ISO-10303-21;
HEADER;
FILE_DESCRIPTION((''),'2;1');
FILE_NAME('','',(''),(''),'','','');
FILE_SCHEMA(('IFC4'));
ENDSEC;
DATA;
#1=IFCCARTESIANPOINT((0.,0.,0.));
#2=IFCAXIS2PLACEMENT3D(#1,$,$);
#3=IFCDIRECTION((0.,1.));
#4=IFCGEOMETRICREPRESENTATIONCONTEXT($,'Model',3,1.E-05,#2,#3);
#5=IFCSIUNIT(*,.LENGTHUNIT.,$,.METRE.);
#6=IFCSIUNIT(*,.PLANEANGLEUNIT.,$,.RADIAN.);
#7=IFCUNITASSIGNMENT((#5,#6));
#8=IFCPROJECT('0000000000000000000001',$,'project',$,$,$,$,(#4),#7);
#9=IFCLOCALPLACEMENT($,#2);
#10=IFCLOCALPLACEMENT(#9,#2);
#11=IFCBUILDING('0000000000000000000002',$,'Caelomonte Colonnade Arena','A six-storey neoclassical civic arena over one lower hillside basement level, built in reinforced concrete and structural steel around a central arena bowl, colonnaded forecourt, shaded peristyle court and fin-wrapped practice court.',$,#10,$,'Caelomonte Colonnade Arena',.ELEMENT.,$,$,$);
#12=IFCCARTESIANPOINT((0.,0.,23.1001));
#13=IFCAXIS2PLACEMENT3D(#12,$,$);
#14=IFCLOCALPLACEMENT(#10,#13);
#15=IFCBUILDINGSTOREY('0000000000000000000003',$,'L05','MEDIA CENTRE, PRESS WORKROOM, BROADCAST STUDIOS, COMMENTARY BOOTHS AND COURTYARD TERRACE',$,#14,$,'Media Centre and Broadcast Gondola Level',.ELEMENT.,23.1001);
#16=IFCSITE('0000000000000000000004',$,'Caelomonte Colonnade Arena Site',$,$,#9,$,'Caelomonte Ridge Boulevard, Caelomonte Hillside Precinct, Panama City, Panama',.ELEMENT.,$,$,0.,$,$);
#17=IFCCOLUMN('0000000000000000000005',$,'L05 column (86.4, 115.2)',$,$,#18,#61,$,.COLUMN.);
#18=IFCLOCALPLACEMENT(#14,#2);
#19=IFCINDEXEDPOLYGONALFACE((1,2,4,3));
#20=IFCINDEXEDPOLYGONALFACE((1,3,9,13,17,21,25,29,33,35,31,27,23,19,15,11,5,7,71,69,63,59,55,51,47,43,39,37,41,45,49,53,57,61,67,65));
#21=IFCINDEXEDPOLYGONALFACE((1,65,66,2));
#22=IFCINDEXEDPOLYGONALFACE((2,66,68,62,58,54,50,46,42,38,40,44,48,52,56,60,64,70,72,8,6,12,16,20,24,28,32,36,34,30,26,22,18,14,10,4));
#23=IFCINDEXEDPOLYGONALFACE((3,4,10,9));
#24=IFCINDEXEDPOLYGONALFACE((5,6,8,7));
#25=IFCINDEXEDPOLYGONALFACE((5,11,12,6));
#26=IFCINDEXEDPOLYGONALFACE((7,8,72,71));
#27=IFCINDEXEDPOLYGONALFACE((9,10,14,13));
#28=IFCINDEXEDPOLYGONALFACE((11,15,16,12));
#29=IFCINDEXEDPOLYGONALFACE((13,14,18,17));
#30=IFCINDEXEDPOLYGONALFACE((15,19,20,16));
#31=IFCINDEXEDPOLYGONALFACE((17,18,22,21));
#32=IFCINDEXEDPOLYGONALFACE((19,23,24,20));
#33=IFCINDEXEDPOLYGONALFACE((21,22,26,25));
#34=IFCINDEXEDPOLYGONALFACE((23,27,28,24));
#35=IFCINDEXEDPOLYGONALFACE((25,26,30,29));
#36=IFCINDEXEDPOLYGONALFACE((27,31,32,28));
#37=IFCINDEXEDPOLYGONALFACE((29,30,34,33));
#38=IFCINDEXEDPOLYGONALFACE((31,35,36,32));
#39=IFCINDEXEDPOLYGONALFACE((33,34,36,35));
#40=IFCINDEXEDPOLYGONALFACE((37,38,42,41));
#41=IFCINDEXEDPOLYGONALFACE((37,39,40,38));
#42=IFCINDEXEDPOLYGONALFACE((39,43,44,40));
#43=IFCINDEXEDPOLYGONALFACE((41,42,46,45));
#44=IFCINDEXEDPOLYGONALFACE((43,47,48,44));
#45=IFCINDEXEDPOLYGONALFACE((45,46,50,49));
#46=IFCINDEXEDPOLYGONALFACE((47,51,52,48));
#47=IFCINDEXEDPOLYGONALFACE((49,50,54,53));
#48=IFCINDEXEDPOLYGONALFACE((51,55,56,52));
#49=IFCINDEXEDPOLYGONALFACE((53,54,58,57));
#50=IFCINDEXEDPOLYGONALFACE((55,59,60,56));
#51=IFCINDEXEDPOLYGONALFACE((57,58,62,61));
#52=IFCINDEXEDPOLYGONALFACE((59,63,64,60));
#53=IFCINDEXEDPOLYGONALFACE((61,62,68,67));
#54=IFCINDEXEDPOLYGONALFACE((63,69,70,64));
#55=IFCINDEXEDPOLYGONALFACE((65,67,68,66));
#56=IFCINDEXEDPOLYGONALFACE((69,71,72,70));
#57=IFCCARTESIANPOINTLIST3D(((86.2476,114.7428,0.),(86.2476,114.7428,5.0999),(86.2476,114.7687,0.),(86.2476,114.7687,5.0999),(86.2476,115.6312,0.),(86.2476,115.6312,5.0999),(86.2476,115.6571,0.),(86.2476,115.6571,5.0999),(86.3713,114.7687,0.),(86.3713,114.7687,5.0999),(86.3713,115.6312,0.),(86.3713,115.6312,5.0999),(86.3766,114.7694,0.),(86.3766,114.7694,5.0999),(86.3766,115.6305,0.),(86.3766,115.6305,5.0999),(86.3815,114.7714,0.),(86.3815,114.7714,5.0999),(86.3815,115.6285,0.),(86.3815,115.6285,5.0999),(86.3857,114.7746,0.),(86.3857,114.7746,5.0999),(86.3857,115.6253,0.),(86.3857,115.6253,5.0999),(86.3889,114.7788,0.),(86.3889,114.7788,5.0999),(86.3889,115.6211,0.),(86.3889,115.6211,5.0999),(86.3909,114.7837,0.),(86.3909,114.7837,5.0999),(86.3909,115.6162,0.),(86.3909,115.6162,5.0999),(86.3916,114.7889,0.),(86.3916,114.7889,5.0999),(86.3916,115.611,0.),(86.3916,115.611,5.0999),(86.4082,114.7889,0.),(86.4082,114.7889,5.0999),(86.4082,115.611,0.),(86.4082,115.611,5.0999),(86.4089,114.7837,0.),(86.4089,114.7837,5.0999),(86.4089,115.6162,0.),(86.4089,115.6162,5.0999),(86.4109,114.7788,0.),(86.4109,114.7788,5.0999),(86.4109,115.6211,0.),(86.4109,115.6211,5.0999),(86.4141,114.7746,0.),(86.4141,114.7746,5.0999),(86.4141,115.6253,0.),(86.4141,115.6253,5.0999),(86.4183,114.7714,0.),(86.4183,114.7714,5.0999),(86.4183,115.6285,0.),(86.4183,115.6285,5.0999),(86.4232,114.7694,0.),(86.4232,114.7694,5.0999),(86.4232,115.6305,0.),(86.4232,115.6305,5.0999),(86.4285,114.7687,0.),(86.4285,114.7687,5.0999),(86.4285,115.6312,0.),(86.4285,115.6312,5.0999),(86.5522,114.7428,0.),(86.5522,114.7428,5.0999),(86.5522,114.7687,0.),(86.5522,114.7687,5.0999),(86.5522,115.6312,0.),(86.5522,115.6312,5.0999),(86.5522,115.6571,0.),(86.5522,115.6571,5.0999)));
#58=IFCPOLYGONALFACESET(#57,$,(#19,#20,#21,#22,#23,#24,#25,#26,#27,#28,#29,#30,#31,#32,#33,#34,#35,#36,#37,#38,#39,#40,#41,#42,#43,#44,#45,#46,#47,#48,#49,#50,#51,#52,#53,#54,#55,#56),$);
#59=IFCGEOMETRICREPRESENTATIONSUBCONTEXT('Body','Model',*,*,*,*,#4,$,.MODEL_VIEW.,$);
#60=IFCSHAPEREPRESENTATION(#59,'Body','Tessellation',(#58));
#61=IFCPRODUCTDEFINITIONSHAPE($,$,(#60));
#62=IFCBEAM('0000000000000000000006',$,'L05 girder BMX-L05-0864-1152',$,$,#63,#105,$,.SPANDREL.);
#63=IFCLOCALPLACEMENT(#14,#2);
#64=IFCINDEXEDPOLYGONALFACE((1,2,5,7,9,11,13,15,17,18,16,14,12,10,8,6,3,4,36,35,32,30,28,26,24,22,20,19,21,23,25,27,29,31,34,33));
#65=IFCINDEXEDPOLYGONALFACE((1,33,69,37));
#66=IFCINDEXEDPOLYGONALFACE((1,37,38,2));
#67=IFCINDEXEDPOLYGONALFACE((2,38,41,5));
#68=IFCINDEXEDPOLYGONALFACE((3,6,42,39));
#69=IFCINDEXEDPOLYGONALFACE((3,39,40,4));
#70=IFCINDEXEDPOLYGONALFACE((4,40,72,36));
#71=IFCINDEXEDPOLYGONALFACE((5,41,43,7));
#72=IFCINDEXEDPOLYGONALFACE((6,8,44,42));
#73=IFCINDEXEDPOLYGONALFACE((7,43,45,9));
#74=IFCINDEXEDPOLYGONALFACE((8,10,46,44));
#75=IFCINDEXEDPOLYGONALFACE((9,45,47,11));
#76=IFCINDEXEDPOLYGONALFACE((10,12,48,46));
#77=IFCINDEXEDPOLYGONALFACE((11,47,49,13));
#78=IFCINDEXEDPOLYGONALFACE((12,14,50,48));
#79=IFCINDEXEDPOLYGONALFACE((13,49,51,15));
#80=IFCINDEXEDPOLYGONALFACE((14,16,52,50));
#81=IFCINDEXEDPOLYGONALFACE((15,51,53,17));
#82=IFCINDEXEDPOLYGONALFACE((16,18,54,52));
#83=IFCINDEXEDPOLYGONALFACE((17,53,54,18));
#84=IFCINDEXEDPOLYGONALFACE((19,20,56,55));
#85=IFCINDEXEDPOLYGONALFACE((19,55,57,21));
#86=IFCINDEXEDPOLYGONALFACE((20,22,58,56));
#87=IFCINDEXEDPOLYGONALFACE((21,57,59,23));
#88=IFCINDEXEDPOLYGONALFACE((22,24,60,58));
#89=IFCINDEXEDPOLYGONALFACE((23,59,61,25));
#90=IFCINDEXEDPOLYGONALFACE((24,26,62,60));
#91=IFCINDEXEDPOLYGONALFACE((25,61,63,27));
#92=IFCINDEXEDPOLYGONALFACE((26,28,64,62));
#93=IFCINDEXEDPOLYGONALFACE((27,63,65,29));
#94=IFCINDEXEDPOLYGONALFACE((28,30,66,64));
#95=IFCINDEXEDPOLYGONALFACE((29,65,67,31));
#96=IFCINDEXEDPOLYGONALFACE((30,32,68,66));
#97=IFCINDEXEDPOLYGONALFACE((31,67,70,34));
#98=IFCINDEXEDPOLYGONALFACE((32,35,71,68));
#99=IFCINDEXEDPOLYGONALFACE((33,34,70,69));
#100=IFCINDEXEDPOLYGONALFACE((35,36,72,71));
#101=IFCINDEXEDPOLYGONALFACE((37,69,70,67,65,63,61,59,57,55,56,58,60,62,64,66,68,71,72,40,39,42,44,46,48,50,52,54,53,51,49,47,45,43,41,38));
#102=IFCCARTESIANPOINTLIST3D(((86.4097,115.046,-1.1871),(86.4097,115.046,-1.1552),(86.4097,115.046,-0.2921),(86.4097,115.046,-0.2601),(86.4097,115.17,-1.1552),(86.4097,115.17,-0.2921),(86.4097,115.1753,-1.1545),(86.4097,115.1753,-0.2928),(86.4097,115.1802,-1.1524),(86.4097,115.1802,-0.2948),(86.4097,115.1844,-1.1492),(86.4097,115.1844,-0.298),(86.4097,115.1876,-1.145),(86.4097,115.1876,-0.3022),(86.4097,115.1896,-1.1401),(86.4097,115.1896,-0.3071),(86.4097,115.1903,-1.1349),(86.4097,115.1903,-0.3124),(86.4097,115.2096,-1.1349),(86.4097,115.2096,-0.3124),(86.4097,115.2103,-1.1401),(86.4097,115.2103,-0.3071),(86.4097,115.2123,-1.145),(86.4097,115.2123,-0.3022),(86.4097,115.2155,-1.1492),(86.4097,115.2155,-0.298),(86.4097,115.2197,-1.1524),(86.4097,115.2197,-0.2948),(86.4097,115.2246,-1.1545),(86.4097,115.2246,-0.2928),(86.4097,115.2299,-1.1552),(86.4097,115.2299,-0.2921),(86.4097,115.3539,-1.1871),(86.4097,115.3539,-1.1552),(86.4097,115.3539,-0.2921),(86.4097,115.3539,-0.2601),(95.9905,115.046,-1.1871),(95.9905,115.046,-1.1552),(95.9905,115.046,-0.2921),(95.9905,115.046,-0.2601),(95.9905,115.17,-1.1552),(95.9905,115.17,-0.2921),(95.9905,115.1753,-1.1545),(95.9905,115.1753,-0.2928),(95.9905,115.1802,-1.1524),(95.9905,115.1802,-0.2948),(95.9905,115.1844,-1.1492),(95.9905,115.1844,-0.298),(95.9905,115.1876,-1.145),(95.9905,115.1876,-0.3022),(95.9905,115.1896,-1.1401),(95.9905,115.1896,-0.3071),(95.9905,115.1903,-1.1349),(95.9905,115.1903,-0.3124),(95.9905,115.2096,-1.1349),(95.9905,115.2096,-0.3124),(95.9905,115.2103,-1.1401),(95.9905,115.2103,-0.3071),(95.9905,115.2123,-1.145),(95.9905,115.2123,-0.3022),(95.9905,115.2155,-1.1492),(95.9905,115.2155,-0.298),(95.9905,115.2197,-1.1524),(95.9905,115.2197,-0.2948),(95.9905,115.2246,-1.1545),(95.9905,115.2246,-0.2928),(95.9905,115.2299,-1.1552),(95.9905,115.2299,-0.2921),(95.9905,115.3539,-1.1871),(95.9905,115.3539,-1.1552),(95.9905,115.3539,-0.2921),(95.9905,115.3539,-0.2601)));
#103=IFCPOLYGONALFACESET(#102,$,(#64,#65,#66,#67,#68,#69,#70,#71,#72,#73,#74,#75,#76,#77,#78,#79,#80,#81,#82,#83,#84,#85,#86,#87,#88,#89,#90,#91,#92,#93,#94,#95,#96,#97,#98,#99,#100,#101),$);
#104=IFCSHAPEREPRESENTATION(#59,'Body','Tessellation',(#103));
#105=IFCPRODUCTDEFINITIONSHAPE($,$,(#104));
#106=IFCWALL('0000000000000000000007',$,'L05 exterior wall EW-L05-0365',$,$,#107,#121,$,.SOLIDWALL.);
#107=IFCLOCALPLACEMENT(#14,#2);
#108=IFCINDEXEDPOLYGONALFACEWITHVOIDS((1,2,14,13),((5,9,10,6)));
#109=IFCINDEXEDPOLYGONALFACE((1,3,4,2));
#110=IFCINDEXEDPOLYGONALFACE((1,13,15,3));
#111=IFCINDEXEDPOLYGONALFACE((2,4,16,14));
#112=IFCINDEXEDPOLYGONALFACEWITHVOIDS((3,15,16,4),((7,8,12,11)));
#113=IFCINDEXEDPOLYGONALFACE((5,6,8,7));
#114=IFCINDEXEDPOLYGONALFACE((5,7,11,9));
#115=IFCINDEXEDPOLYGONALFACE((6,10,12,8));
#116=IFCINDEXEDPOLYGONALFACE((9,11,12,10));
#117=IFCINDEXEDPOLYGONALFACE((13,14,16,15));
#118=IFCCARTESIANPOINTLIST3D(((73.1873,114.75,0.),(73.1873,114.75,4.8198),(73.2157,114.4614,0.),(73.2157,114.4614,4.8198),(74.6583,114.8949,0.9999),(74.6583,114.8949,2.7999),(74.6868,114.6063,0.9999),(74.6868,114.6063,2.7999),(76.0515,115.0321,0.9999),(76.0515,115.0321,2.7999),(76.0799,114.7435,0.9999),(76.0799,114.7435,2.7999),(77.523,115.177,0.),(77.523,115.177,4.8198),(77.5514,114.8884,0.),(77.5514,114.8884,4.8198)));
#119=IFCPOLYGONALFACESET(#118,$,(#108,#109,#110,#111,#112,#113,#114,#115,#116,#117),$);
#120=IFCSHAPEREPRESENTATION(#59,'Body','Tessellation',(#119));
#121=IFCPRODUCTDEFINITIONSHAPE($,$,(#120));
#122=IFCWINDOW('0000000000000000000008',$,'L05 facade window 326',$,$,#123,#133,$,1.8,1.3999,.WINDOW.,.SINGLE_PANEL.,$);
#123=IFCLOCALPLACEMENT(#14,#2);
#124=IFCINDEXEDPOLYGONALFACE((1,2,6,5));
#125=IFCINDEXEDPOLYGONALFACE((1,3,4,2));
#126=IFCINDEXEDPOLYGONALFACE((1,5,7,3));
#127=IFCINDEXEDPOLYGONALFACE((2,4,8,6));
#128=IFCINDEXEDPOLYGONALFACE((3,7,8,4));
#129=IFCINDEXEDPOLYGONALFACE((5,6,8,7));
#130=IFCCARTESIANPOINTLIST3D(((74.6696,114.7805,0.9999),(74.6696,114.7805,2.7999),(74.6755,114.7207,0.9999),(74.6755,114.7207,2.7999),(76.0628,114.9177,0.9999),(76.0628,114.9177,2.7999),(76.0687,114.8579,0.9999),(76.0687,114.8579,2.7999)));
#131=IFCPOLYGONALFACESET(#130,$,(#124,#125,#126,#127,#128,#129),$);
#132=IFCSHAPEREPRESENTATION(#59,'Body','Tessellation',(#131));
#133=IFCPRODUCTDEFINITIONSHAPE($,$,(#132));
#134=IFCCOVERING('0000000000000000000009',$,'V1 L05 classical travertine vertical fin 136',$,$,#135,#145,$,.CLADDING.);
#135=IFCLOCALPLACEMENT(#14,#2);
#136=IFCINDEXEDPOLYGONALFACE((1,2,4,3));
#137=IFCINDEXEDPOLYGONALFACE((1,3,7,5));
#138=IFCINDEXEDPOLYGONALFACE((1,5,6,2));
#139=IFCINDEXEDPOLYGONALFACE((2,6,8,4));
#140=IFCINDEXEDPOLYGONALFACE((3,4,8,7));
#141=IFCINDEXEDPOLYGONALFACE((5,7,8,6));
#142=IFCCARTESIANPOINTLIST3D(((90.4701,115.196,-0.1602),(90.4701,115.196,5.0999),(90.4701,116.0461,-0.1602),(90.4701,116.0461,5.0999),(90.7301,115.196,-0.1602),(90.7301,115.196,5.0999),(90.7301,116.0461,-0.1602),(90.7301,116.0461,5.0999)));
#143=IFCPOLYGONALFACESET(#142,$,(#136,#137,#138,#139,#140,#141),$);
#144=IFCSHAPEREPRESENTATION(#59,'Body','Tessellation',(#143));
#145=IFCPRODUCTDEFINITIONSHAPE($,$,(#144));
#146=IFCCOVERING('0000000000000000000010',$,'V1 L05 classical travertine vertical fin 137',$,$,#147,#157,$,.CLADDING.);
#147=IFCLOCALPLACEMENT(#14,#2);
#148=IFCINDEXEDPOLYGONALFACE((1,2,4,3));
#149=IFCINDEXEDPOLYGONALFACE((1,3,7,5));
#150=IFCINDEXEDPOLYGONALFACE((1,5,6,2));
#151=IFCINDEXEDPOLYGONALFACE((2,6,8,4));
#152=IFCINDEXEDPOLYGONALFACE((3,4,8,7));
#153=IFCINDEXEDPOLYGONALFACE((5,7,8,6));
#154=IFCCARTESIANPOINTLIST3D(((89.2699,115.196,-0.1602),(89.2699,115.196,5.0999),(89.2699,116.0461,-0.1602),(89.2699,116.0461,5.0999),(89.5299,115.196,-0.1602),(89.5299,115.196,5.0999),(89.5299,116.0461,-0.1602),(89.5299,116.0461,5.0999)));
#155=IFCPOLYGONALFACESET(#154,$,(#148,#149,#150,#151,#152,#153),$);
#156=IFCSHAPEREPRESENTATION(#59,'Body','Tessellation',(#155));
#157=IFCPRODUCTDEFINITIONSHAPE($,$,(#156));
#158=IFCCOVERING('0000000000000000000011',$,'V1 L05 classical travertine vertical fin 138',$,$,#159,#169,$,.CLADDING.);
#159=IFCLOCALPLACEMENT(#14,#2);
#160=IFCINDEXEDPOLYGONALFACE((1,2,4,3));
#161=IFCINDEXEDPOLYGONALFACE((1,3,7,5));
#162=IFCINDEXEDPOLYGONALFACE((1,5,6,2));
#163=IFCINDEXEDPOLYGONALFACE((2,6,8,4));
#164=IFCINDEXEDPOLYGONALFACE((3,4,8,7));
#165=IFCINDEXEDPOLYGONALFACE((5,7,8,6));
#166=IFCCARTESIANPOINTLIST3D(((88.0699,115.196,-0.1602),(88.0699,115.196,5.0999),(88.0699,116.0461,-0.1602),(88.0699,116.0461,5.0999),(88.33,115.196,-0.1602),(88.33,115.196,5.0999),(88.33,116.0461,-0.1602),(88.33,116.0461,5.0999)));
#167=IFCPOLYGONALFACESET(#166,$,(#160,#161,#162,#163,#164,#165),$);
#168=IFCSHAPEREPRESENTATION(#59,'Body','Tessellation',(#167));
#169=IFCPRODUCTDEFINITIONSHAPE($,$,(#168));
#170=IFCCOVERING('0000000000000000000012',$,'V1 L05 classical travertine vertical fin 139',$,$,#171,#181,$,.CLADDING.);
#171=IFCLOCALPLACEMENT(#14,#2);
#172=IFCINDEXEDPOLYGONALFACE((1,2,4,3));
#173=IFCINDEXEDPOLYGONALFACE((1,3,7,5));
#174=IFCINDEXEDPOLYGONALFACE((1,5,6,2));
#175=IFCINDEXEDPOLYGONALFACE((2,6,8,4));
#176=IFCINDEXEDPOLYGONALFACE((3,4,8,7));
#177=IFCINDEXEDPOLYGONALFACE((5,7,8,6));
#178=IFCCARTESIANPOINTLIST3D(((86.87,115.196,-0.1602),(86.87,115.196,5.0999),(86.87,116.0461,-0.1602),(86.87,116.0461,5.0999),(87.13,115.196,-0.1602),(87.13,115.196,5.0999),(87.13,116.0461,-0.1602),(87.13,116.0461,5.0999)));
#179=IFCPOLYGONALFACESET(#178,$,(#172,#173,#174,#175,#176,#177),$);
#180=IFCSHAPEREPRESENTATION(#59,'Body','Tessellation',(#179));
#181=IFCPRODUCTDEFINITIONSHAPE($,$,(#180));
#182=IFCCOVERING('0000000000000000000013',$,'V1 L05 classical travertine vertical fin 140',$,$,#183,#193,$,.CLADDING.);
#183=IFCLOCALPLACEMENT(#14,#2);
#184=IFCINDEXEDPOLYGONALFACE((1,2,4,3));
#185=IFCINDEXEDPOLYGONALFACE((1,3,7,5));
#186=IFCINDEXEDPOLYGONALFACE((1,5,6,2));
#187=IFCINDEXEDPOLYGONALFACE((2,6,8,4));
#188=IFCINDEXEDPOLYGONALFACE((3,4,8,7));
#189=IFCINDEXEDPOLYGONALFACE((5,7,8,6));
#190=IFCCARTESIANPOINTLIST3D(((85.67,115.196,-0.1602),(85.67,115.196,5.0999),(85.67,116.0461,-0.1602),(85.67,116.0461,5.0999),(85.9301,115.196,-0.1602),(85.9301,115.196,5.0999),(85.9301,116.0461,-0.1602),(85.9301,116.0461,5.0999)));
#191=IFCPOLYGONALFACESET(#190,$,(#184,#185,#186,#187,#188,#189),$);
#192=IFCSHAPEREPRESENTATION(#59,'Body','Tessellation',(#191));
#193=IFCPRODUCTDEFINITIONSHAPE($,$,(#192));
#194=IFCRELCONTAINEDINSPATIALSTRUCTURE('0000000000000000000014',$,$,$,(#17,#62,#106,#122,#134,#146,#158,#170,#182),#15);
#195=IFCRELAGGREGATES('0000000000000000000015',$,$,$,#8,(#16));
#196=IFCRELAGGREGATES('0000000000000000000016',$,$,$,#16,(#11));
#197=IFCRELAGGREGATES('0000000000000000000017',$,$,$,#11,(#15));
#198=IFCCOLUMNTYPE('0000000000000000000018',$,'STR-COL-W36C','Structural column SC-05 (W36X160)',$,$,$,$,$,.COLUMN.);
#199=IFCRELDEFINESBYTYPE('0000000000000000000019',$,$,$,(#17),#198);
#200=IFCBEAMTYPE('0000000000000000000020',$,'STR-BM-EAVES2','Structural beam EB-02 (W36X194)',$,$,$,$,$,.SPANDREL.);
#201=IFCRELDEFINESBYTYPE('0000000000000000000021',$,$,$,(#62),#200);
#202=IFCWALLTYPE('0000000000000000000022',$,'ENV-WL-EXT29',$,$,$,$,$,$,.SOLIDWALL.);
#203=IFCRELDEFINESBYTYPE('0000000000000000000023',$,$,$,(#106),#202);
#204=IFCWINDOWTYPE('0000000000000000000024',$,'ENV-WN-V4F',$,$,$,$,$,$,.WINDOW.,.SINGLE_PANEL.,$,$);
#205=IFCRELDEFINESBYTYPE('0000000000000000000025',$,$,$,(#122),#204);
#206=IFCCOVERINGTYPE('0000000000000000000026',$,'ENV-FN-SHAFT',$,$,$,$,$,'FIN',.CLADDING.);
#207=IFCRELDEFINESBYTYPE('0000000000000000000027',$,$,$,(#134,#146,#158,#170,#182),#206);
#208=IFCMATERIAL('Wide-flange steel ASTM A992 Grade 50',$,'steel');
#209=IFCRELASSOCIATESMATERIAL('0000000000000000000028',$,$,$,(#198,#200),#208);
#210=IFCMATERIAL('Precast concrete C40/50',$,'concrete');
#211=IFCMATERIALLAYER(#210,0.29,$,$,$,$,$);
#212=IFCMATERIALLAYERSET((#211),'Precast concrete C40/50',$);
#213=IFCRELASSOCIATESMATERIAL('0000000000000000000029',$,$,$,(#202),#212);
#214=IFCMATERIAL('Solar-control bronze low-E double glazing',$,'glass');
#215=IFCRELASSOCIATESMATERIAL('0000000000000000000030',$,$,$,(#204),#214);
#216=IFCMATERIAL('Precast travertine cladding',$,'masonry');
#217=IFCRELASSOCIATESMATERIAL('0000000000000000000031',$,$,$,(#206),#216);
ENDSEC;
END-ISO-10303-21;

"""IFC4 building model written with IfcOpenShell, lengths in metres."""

from ifc_helpers import new_model, si_unit, direction, frame, frame_2d, origin, origin_2d, place, context, subcontext, project, spatial, rectangle, i_section, extrude, material, layer, layer_set, material_profile, profile_set, type_object, element, fill, save


model = new_model("IFC4")

# Units and contexts
model_context = context("Model", 3, precision=1e-05, world=origin(), true_north=direction((0.0, 1.0)))
body_context = subcontext(model_context, "Body", "Model", "MODEL_VIEW")
ifc_project = project(units=[si_unit("LENGTHUNIT", "METRE"), si_unit("PLANEANGLEUNIT", "RADIAN")], contexts=[model_context])

# Site, building, storey
site_placement = place(None, origin())
site = spatial("IfcSite", under=ifc_project, at=site_placement, Name="Caelomonte Colonnade Arena Site", LongName="Caelomonte Ridge Boulevard, Caelomonte Hillside Precinct, Panama City, Panama", CompositionType="ELEMENT", RefElevation=0.0)
building_placement = place(site_placement, origin())
building = spatial("IfcBuilding", under=site, at=building_placement, Name="Caelomonte Colonnade Arena", Description="A six-storey neoclassical civic arena over one lower hillside basement level, built in reinforced concrete and structural steel around a central arena bowl, colonnaded forecourt, shaded peristyle court and fin-wrapped practice court.", LongName="Caelomonte Colonnade Arena", CompositionType="ELEMENT")
storey_placement = place(building_placement, frame((0.0, 0.0, 23.1001)))
storey = spatial("IfcBuildingStorey", under=building, at=storey_placement, Name="L05", Description="MEDIA CENTRE, PRESS WORKROOM, BROADCAST STUDIOS, COMMENTARY BOOTHS AND COURTYARD TERRACE", LongName="Media Centre and Broadcast Gondola Level", CompositionType="ELEMENT", Elevation=23.1001)

# Column
ifc_material_1 = material(Name="Wide-flange steel ASTM A992 Grade 50", Category="steel")
ifc_material_profile_1 = material_profile(ifc_material_1, i_section(OverallWidth=0.3047, OverallDepth=0.9143, WebThickness=0.0166, FlangeThickness=0.0259, FilletRadius=0.0203, at=origin_2d()), Name="W36X160")
ifc_profile_set_1 = profile_set([ifc_material_profile_1], Name="Wide-flange steel ASTM A992 Grade 50")
column_type = type_object("IfcColumnType", Name="STR-COL-W36C", Description="Structural column SC-05 (W36X160)", PredefinedType="COLUMN", material=ifc_profile_set_1)
column_placement = place(storey_placement, frame((86.3999, 115.2, 0.0), z_axis=(0.0, 0.0, 1.0), x_axis=(1.0, 0.0, 0.0)))
element("IfcColumn", 1, at=column_placement, inside=storey, type_object=column_type, Name="L05 column (86.4, 115.2)", PredefinedType="COLUMN", context=body_context, shape_type="SweptSolid", body=[
    extrude(i_section(OverallWidth=0.3047, OverallDepth=0.9143, WebThickness=0.0166, FlangeThickness=0.0259, FilletRadius=0.0203, at=origin_2d()), origin(), (0.0, 0.0, 1.0), 5.0999),
])

# Beam
ifc_material_profile_2 = material_profile(ifc_material_1, i_section(OverallWidth=0.3079, OverallDepth=0.927, WebThickness=0.0193, FlangeThickness=0.032, FilletRadius=0.0203, at=origin_2d()), Name="W36X194")
ifc_profile_set_2 = profile_set([ifc_material_profile_2], Name="Wide-flange steel ASTM A992 Grade 50")
beam_type = type_object("IfcBeamType", Name="STR-BM-EAVES2", Description="Structural beam EB-02 (W36X194)", PredefinedType="SPANDREL", material=ifc_profile_set_2)
beam_placement = place(storey_placement, frame((86.4097, 115.2, -0.7236), z_axis=(1.0, 0.0, 0.0), x_axis=(0.0, 1.0, 0.0)))
element("IfcBeam", 2, at=beam_placement, inside=storey, type_object=beam_type, Name="L05 girder BMX-L05-0864-1152", PredefinedType="SPANDREL", context=body_context, shape_type="SweptSolid", body=[
    extrude(i_section(OverallWidth=0.3079, OverallDepth=0.927, WebThickness=0.0193, FlangeThickness=0.032, FilletRadius=0.0203, at=origin_2d()), origin(), (0.0, 0.0, 1.0), 9.5808),
])

# Wall, opening, window
ifc_material_2 = material(Name="Precast concrete C40/50", Category="concrete")
ifc_layer = layer(ifc_material_2, 0.29)
ifc_layer_set = layer_set([ifc_layer], Name="Precast concrete C40/50")
wall_type = type_object("IfcWallType", Name="ENV-WL-EXT29", PredefinedType="SOLIDWALL", material=ifc_layer_set)
wall_placement = place(storey_placement, frame((77.5371, 115.0327, 0.0), z_axis=(0.0, 0.0, 1.0), x_axis=(-0.995185, -0.098011, 0.0)))
wall = element("IfcWall", 3, at=wall_placement, inside=storey, type_object=wall_type, Name="L05 exterior wall EW-L05-0365", PredefinedType="SOLIDWALL", context=body_context, shape_type="SweptSolid", body=[
    extrude(rectangle(XDim=4.3567, YDim=0.29, at=frame_2d((2.1782, 0.0))), origin(), (0.0, 0.0, 1.0), 4.8198),
])
opening_placement = place(wall_placement, frame((2.8784, 0.0, 1.0), z_axis=(0.0, 0.0, 1.0), x_axis=(-1.0, 0.0, 0.0)))
opening = element("IfcOpeningElement", 4, at=opening_placement, cuts=wall, PredefinedType="OPENING", context=body_context, shape_type="SweptSolid", body=[
    extrude(rectangle(XDim=1.3999, YDim=1.8, at=frame_2d((0.7, 0.8999))), frame((0.0, 0.155, 0.0), z_axis=(0.0, -1.0, 0.0), x_axis=(1.0, 0.0, 0.0)), (0.0, 0.0, 1.0), 0.3101),
])
ifc_material_3 = material(Name="Solar-control bronze low-E double glazing", Category="glass")
window_type = type_object("IfcWindowType", Name="ENV-WN-V4F", PartitioningType="SINGLE_PANEL", PredefinedType="WINDOW", material=ifc_material_3)
window_placement = place(opening_placement, origin())
window = element("IfcWindow", 5, at=window_placement, inside=storey, type_object=window_type, Name="L05 facade window 326", OverallHeight=1.8, OverallWidth=1.3999, PartitioningType="SINGLE_PANEL", PredefinedType="WINDOW", context=body_context, shape_type="SweptSolid", body=[
    extrude(rectangle(XDim=1.3999, YDim=1.8, at=frame_2d((0.7, 0.8999))), frame((0.0, 0.03, 0.0), z_axis=(0.0, -1.0, 0.0), x_axis=(1.0, 0.0, 0.0)), (0.0, 0.0, 1.0), 0.0601),
])
fill(opening, window)

# Coverings
ifc_material_4 = material(Name="Precast travertine cladding", Category="masonry")
ifc_material_profile_3 = material_profile(ifc_material_4, rectangle(XDim=0.26, YDim=0.8501, at=origin_2d()), Name="FIN260X850")
ifc_profile_set_3 = profile_set([ifc_material_profile_3], Name="Precast travertine cladding")
covering_type = type_object("IfcCoveringType", Name="ENV-FN-SHAFT", ElementType="FIN", PredefinedType="CLADDING", material=ifc_profile_set_3)
for number, where, z_axis, x_axis, name in (
    (6, (90.6001, 115.6211, -0.1602), (0.0, 0.0, 1.0), (1.0, 0.0, 0.0), "V1 L05 classical travertine vertical fin 136"),
    (7, (89.3999, 115.6211, -0.1602), (0.0, 0.0, 1.0), (1.0, 0.0, 0.0), "V1 L05 classical travertine vertical fin 137"),
    (8, (88.2, 115.6211, -0.1602), (0.0, 0.0, 1.0), (1.0, 0.0, 0.0), "V1 L05 classical travertine vertical fin 138"),
    (9, (87.0, 115.6211, -0.1602), (0.0, 0.0, 1.0), (1.0, 0.0, 0.0), "V1 L05 classical travertine vertical fin 139"),
    (10, (85.8, 115.6211, -0.1602), (0.0, 0.0, 1.0), (1.0, 0.0, 0.0), "V1 L05 classical travertine vertical fin 140"),
):
    element("IfcCovering", number, at=place(storey_placement, frame(where, z_axis=z_axis, x_axis=x_axis)), inside=storey, type_object=covering_type, Name=name, PredefinedType="CLADDING", context=body_context, shape_type="SweptSolid", body=[
        extrude(rectangle(XDim=0.26, YDim=0.8501, at=origin_2d()), origin(), (0.0, 0.0, 1.0), 5.26),
    ])

save(model, "model.ifc")
